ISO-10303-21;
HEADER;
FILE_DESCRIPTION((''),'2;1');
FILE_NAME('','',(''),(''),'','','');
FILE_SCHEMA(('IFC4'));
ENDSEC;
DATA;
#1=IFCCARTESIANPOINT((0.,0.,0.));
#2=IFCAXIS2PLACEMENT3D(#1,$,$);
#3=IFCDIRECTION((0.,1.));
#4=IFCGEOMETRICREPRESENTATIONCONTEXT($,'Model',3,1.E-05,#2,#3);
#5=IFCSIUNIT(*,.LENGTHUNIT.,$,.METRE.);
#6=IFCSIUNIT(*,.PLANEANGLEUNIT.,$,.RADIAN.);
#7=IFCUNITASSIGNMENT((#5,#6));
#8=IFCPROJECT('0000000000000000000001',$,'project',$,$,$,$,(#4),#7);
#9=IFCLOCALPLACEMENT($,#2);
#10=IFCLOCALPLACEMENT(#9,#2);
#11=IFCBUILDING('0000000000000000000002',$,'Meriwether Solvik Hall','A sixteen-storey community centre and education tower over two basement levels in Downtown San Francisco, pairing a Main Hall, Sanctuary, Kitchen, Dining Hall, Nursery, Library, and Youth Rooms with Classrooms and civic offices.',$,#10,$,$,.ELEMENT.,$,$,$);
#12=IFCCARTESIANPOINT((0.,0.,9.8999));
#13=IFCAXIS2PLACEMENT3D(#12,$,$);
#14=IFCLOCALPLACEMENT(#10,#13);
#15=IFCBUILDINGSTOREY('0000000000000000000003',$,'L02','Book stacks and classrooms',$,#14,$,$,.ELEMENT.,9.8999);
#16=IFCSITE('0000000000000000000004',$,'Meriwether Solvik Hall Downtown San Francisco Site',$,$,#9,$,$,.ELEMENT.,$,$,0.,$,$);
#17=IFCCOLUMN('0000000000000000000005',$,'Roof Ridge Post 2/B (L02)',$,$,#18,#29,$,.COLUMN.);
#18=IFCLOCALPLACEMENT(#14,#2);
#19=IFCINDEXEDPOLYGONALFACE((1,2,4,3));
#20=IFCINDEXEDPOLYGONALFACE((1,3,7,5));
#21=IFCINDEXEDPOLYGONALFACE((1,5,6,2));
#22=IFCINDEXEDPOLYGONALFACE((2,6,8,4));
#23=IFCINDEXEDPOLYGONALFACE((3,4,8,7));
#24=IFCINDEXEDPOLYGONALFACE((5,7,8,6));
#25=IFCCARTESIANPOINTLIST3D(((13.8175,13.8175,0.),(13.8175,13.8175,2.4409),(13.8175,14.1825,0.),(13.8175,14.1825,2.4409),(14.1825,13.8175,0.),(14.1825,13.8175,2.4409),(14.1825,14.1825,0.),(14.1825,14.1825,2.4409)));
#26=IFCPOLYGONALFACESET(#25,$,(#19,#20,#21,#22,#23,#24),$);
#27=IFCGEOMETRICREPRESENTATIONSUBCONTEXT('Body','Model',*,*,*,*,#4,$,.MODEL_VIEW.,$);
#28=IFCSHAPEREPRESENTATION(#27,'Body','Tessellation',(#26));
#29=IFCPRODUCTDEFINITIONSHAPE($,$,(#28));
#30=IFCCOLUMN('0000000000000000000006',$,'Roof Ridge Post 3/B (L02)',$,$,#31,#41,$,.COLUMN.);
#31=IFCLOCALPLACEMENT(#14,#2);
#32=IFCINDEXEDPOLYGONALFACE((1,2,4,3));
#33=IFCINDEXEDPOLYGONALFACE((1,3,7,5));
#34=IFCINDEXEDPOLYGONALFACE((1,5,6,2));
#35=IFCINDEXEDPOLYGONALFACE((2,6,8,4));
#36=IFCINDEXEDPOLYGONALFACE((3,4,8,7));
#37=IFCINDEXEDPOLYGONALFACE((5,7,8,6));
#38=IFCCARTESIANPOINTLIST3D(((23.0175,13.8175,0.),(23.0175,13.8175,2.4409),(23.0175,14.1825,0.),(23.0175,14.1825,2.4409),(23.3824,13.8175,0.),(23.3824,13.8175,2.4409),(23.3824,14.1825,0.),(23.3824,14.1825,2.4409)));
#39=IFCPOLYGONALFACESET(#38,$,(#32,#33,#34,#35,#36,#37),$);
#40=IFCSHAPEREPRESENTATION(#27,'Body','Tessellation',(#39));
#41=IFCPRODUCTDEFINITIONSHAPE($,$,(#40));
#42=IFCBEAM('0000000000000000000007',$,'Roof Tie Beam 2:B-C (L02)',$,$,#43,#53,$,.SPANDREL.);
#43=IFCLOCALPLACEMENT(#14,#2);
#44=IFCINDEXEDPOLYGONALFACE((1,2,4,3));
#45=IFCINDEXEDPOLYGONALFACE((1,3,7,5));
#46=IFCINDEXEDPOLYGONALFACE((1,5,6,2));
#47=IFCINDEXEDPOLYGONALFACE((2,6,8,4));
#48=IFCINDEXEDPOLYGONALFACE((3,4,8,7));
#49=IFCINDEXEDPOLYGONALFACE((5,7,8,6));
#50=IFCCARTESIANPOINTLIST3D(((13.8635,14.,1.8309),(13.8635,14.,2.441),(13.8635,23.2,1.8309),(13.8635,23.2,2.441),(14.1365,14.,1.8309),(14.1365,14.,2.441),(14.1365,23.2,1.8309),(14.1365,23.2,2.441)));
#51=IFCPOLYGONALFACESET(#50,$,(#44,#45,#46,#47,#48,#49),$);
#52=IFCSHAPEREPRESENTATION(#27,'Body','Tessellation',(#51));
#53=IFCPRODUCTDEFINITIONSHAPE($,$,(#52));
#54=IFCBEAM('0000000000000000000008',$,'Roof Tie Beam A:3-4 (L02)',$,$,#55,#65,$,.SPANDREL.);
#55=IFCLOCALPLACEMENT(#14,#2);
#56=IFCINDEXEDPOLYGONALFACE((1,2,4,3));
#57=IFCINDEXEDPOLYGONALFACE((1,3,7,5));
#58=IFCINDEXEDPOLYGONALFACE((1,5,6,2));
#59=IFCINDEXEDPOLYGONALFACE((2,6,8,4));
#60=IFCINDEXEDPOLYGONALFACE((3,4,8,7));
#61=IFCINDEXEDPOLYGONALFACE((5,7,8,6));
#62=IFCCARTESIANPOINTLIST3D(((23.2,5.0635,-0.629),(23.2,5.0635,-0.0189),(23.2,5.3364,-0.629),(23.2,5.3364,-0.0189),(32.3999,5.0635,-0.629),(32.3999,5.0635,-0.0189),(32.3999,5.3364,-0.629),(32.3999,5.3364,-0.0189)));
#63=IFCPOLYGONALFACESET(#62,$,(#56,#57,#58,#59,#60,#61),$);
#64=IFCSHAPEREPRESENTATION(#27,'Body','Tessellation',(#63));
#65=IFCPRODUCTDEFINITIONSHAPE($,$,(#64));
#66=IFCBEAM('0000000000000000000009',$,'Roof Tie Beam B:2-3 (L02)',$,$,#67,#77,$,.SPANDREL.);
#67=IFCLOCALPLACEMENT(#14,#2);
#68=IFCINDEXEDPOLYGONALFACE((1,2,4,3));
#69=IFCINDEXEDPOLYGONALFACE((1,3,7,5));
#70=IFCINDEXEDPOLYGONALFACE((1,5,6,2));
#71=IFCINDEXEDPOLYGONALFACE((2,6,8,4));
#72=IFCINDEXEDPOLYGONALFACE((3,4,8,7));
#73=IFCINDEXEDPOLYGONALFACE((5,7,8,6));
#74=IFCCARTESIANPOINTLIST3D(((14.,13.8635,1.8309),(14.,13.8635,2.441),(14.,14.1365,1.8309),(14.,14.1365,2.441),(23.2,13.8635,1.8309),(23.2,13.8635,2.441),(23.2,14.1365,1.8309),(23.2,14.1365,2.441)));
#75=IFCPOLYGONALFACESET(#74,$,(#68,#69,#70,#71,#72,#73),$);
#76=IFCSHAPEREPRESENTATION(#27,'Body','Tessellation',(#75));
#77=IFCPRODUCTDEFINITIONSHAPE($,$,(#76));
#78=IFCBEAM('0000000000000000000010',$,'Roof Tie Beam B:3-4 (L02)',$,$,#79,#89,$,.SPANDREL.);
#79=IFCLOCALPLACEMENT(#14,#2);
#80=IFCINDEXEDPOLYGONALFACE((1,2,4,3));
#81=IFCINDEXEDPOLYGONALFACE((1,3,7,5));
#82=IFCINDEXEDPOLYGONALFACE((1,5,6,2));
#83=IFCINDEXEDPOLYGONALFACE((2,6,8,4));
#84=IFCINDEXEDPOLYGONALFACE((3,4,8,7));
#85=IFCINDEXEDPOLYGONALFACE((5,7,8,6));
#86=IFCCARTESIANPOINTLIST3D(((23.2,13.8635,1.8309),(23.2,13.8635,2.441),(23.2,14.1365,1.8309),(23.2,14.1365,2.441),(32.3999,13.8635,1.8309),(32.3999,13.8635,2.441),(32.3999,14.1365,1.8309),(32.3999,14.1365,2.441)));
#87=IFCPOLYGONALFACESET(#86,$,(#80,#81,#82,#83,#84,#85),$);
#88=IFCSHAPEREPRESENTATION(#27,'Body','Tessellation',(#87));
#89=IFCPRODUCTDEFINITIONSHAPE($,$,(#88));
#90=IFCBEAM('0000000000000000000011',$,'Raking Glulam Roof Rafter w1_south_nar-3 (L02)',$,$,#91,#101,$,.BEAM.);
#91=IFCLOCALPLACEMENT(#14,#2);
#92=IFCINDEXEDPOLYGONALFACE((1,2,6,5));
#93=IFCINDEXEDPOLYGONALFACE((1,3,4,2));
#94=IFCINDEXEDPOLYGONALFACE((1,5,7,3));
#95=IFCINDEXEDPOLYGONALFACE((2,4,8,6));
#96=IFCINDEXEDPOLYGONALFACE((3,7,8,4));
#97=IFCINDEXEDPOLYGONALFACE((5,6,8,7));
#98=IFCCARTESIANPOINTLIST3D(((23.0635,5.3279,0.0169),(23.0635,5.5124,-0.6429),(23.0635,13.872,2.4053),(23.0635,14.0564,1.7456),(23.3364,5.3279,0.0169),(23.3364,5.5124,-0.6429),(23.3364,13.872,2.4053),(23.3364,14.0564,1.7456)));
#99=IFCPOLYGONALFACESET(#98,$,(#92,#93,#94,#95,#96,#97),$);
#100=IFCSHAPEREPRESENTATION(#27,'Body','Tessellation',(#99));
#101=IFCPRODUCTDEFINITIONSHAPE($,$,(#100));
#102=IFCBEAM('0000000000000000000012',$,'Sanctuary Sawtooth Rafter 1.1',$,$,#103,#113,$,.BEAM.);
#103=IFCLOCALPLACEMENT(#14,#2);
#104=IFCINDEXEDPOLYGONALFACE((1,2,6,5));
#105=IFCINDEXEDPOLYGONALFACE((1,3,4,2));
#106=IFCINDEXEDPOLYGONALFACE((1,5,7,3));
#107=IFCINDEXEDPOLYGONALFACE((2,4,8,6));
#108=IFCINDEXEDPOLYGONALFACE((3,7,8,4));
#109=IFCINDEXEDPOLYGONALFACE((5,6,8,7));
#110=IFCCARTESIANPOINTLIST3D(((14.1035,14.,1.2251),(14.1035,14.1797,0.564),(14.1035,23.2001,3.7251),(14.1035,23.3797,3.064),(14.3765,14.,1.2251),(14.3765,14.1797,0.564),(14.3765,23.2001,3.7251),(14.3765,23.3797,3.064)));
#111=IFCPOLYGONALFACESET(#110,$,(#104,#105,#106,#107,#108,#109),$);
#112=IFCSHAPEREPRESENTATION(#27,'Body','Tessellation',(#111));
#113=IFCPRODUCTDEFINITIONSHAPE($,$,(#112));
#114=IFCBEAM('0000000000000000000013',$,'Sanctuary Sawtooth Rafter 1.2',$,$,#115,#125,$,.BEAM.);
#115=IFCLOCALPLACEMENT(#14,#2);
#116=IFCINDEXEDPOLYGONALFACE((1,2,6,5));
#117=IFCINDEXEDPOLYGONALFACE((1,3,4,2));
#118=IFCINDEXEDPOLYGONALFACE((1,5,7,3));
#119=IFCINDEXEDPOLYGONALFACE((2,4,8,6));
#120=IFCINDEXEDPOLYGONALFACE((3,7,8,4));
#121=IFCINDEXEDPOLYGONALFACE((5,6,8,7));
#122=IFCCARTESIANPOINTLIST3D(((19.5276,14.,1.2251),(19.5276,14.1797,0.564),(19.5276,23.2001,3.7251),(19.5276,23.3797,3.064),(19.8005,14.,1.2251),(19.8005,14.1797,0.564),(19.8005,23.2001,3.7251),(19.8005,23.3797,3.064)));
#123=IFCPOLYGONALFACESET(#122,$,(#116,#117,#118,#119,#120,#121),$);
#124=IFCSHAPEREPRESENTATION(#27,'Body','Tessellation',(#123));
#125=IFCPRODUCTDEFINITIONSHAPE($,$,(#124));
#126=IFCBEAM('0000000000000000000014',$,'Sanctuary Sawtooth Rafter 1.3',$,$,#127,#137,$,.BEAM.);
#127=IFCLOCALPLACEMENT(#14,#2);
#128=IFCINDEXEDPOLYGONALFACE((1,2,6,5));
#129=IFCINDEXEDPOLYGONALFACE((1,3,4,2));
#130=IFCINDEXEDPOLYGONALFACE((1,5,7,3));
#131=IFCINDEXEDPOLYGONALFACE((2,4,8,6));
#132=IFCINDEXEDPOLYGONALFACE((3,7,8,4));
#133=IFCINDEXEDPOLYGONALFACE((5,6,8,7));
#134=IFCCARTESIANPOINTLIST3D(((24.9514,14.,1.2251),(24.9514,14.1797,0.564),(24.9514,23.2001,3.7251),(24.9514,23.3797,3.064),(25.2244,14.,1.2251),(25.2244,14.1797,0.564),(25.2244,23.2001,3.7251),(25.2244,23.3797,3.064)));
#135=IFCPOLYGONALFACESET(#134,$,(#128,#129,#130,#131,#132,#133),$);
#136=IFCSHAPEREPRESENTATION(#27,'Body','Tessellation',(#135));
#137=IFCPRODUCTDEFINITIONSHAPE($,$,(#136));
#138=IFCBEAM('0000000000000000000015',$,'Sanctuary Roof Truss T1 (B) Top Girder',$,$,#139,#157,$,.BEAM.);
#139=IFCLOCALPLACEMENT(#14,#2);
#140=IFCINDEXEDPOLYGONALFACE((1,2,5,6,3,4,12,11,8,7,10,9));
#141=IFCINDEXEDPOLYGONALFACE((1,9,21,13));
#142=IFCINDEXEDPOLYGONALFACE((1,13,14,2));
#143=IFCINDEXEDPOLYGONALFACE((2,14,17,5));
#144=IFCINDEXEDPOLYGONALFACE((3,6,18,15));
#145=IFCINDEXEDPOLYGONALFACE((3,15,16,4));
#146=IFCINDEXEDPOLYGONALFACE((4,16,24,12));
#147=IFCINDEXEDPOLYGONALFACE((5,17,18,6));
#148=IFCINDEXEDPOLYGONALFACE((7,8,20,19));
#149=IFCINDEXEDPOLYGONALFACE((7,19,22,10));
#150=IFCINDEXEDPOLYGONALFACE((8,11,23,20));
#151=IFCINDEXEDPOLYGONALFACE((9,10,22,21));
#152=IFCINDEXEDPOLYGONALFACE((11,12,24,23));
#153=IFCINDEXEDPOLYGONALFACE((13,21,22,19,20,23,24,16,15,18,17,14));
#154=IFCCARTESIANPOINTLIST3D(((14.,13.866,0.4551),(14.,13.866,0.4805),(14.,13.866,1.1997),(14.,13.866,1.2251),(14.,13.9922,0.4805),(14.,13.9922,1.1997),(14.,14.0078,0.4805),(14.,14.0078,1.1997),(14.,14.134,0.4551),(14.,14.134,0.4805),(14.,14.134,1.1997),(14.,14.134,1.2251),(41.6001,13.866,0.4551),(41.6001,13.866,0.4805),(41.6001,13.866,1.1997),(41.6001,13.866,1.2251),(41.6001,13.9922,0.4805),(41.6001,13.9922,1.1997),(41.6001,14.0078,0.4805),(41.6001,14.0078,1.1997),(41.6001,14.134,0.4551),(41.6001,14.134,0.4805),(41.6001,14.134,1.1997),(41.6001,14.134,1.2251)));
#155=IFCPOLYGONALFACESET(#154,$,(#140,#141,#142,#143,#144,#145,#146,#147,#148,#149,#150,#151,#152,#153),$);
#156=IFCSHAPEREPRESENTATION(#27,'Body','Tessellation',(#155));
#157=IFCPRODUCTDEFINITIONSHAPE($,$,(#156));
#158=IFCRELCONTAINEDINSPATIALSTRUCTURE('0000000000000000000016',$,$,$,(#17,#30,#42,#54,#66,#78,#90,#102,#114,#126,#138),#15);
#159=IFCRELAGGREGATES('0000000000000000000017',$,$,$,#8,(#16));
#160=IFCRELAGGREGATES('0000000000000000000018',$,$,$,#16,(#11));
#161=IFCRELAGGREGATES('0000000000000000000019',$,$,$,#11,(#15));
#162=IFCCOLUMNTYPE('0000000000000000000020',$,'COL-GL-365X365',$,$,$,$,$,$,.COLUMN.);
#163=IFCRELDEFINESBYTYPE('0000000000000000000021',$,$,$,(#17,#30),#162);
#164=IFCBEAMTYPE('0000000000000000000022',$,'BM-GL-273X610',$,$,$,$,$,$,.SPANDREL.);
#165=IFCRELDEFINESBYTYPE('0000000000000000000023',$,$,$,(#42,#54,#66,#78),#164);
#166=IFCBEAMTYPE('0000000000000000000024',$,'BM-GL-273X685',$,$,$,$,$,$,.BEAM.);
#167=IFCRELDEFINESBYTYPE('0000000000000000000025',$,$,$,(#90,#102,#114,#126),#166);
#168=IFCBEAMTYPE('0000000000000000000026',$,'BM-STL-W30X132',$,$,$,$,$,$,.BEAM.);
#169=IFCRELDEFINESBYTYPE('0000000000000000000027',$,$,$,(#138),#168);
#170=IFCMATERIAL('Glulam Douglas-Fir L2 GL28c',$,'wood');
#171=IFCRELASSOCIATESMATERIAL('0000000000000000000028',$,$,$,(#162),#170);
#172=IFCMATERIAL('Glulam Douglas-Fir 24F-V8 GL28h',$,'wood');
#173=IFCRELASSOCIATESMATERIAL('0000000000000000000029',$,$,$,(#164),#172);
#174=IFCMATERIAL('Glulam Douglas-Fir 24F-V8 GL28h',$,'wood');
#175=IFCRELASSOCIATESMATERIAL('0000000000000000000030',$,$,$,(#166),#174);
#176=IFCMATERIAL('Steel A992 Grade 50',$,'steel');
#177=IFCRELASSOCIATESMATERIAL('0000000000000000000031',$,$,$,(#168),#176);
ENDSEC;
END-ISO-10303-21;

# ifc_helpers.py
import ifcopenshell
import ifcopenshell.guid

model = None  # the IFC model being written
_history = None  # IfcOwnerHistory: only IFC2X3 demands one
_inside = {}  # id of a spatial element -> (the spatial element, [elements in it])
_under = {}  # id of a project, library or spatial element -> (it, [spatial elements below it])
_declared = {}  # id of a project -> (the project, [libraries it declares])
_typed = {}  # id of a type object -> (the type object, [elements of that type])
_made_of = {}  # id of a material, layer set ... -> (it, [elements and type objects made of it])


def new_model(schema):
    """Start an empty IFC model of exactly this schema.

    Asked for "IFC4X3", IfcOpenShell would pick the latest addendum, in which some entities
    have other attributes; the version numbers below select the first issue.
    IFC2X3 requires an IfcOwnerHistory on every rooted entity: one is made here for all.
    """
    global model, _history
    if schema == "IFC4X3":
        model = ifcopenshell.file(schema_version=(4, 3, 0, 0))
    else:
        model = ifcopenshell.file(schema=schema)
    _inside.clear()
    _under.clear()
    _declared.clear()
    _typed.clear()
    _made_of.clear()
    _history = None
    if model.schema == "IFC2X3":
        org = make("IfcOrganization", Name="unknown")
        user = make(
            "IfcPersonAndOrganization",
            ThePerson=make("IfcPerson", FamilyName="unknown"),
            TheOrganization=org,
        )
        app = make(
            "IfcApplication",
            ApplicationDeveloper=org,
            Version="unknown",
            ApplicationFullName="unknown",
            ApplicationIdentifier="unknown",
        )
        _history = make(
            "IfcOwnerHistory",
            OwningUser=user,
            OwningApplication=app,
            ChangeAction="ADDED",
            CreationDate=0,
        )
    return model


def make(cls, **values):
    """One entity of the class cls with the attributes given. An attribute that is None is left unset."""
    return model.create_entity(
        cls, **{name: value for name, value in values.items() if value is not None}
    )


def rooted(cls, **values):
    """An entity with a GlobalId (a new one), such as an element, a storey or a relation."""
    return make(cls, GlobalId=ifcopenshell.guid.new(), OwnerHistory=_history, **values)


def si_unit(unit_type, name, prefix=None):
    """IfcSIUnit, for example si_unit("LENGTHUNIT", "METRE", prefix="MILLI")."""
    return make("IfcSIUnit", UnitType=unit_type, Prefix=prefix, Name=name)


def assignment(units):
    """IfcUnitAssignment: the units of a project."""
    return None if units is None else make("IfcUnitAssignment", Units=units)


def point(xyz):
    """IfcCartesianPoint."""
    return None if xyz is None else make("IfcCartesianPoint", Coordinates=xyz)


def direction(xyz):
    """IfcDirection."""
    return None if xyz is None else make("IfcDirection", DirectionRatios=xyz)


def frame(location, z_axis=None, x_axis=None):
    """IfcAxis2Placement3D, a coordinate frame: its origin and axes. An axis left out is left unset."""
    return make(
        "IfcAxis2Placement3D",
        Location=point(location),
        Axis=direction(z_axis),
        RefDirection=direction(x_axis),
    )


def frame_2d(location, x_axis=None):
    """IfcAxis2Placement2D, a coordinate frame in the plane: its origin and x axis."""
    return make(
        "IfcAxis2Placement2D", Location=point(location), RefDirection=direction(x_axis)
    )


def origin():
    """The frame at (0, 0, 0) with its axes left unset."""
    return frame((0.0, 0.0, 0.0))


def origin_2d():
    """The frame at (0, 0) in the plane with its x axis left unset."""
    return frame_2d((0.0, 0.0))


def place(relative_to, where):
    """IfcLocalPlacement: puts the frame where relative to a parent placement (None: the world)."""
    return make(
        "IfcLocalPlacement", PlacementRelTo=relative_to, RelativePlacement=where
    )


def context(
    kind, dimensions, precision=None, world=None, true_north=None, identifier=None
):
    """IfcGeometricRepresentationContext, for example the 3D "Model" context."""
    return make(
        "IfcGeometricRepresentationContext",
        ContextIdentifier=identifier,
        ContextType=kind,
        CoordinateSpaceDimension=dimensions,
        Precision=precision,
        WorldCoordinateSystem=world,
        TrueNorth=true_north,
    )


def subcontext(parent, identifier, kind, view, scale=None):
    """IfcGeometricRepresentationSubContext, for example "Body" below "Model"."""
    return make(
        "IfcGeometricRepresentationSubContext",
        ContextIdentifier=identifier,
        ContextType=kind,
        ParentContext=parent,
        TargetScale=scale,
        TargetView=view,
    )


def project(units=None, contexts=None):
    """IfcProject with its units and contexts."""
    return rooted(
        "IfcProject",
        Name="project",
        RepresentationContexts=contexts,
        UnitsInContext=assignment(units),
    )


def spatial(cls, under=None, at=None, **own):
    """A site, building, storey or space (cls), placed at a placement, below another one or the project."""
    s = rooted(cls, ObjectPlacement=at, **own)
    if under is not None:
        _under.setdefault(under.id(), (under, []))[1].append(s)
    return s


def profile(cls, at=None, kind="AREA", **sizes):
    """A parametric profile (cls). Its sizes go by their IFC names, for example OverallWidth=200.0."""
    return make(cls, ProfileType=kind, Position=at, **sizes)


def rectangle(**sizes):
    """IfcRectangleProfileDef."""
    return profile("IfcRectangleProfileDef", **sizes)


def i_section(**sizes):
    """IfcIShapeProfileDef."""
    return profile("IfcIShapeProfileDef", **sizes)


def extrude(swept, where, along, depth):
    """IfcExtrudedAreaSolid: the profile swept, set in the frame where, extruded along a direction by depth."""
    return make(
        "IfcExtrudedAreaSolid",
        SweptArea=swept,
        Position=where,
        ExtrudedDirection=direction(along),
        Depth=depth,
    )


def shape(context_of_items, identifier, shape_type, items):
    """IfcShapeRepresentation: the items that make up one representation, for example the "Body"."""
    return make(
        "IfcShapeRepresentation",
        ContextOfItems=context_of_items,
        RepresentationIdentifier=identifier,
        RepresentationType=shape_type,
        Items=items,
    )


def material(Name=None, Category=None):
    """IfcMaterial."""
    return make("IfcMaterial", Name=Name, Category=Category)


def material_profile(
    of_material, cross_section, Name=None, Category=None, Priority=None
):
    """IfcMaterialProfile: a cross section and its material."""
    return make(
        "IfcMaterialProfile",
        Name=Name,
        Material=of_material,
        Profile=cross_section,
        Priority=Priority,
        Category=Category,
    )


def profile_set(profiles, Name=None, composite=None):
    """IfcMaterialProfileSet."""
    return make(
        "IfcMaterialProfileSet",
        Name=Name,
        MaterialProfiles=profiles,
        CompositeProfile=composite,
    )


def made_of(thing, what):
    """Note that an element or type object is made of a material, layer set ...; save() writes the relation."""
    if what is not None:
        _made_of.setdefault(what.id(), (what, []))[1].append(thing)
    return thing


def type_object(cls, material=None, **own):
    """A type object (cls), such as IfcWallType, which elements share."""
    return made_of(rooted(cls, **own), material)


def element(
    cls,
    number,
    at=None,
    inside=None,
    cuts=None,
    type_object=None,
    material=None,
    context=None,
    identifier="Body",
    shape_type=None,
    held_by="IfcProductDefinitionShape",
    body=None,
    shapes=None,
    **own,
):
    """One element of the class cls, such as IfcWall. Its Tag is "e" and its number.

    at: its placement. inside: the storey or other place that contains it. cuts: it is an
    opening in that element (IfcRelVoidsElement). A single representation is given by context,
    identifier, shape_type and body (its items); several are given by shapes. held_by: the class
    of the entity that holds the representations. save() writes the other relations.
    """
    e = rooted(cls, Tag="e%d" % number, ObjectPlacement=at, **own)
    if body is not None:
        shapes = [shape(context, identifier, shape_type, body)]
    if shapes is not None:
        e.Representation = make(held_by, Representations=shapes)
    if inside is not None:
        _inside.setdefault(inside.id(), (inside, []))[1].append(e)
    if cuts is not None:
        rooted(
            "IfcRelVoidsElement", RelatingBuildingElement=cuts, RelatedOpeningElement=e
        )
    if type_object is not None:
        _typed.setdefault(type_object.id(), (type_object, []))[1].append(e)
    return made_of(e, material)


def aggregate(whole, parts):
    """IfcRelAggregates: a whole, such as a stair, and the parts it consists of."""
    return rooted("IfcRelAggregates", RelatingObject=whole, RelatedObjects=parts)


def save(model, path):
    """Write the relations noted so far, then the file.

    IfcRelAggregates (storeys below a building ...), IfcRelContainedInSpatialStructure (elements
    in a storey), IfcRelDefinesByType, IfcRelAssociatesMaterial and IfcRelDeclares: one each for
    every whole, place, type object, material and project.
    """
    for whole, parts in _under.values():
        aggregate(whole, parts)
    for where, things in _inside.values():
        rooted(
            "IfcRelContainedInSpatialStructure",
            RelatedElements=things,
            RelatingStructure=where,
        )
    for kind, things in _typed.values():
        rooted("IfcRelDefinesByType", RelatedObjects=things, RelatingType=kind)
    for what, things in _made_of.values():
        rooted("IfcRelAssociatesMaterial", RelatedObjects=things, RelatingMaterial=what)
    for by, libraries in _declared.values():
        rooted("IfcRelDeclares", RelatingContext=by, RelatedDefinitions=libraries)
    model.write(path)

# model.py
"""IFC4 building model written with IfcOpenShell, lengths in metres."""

from ifc_helpers import new_model, si_unit, direction, frame, origin, origin_2d, place, context, subcontext, project, spatial, rectangle, i_section, extrude, material, material_profile, profile_set, type_object, element, save


model = new_model("IFC4")

# Units and contexts
model_context = context("Model", 3, precision=1e-05, world=origin(), true_north=direction((0.0, 1.0)))
body_context = subcontext(model_context, "Body", "Model", "MODEL_VIEW")
ifc_project = project(units=[si_unit("LENGTHUNIT", "METRE"), si_unit("PLANEANGLEUNIT", "RADIAN")], contexts=[model_context])

# Site, building, storey
site_placement = place(None, origin())
site = spatial("IfcSite", under=ifc_project, at=site_placement, Name="Meriwether Solvik Hall Downtown San Francisco Site", CompositionType="ELEMENT", RefElevation=0.0)
building_placement = place(site_placement, origin())
building = spatial("IfcBuilding", under=site, at=building_placement, Name="Meriwether Solvik Hall", Description="A sixteen-storey community centre and education tower over two basement levels in Downtown San Francisco, pairing a Main Hall, Sanctuary, Kitchen, Dining Hall, Nursery, Library, and Youth Rooms with Classrooms and civic offices.", CompositionType="ELEMENT")
storey_placement = place(building_placement, frame((0.0, 0.0, 9.8999)))
storey = spatial("IfcBuildingStorey", under=building, at=storey_placement, Name="L02", Description="Book stacks and classrooms", CompositionType="ELEMENT", Elevation=9.8999)

# Columns
ifc_material_1 = material(Name="Glulam Douglas-Fir L2 GL28c", Category="wood")
ifc_material_profile_1 = material_profile(ifc_material_1, rectangle(XDim=0.365, YDim=0.365, at=origin_2d()), Name="GLC-365X365")
ifc_profile_set_1 = profile_set([ifc_material_profile_1], Name="Glulam Douglas-Fir L2 GL28c")
column_type = type_object("IfcColumnType", Name="COL-GL-365X365", PredefinedType="COLUMN", material=ifc_profile_set_1)
for number, where, z_axis, x_axis, name in (
    (1, (14.0, 14.0, 0.0), (0.0, 0.0, 1.0), (1.0, 0.0, 0.0), "Roof Ridge Post 2/B (L02)"),
    (2, (23.2, 14.0, 0.0), (0.0, 0.0, 1.0), (1.0, 0.0, 0.0), "Roof Ridge Post 3/B (L02)"),
):
    element("IfcColumn", number, at=place(storey_placement, frame(where, z_axis=z_axis, x_axis=x_axis)), inside=storey, type_object=column_type, Name=name, PredefinedType="COLUMN", context=body_context, shape_type="SweptSolid", body=[
        extrude(rectangle(XDim=0.365, YDim=0.365, at=origin_2d()), origin(), (0.0, 0.0, 1.0), 2.4409),
    ])

# Beams
ifc_material_2 = material(Name="Glulam Douglas-Fir 24F-V8 GL28h", Category="wood")
ifc_material_profile_2 = material_profile(ifc_material_2, rectangle(XDim=0.2729, YDim=0.6101, at=origin_2d()), Name="GLB-273X610")
ifc_profile_set_2 = profile_set([ifc_material_profile_2], Name="Glulam Douglas-Fir 24F-V8 GL28h")
beam_type_1 = type_object("IfcBeamType", Name="BM-GL-273X610", PredefinedType="SPANDREL", material=ifc_profile_set_2)
for number, where, z_axis, x_axis, name in (
    (3, (14.0, 14.0, 2.136), (0.0, 1.0, 0.0), (-1.0, 0.0, 0.0), "Roof Tie Beam 2:B-C (L02)"),
    (4, (23.2, 5.2, -0.324), (1.0, 0.0, 0.0), (0.0, 1.0, 0.0), "Roof Tie Beam A:3-4 (L02)"),
    (5, (14.0, 14.0, 2.136), (1.0, 0.0, 0.0), (0.0, 1.0, 0.0), "Roof Tie Beam B:2-3 (L02)"),
    (6, (23.2, 14.0, 2.136), (1.0, 0.0, 0.0), (0.0, 1.0, 0.0), "Roof Tie Beam B:3-4 (L02)"),
):
    element("IfcBeam", number, at=place(storey_placement, frame(where, z_axis=z_axis, x_axis=x_axis)), inside=storey, type_object=beam_type_1, Name=name, PredefinedType="SPANDREL", context=body_context, shape_type="SweptSolid", body=[
        extrude(rectangle(XDim=0.2729, YDim=0.6101, at=origin_2d()), origin(), (0.0, 0.0, 1.0), 9.2),
    ])
ifc_material_3 = material(Name="Glulam Douglas-Fir 24F-V8 GL28h", Category="wood")
ifc_material_profile_3 = material_profile(ifc_material_3, rectangle(XDim=0.2729, YDim=0.6851, at=origin_2d()), Name="GLB-273X685")
ifc_profile_set_3 = profile_set([ifc_material_profile_3], Name="Glulam Douglas-Fir 24F-V8 GL28h")
beam_type_2 = type_object("IfcBeamType", Name="BM-GL-273X685", PredefinedType="BEAM", material=ifc_profile_set_3)
beam_1_placement = place(storey_placement, frame((23.2, 5.4202, -0.313), z_axis=(0.0, 0.963077, 0.269225), x_axis=(-1.0, 0.0, 0.0)))
element("IfcBeam", 7, at=beam_1_placement, inside=storey, type_object=beam_type_2, Name="Raking Glulam Roof Rafter w1_south_nar-3 (L02)", PredefinedType="BEAM", context=body_context, shape_type="SweptSolid", body=[
    extrude(rectangle(XDim=0.2729, YDim=0.6851, at=origin_2d()), origin(), (0.0, 0.0, 1.0), 8.8716),
])
for number, where, z_axis, x_axis, name in (
    (8, (14.24, 14.0898, 0.8945), (0.0, 0.965005, 0.262231), (-1.0, 0.0, 0.0), "Sanctuary Sawtooth Rafter 1.1"),
    (9, (19.6641, 14.0898, 0.8945), (0.0, 0.965005, 0.262231), (-1.0, 0.0, 0.0), "Sanctuary Sawtooth Rafter 1.2"),
    (10, (25.0879, 14.0898, 0.8945), (0.0, 0.965005, 0.262231), (-1.0, 0.0, 0.0), "Sanctuary Sawtooth Rafter 1.3"),
):
    element("IfcBeam", number, at=place(storey_placement, frame(where, z_axis=z_axis, x_axis=x_axis)), inside=storey, type_object=beam_type_2, Name=name, PredefinedType="BEAM", context=body_context, shape_type="SweptSolid", body=[
        extrude(rectangle(XDim=0.2729, YDim=0.6851, at=origin_2d()), origin(), (0.0, 0.0, 1.0), 9.5337),
    ])
ifc_material_4 = material(Name="Steel A992 Grade 50", Category="steel")
ifc_material_profile_4 = material_profile(ifc_material_4, i_section(OverallWidth=0.2681, OverallDepth=0.77, WebThickness=0.0156, FlangeThickness=0.0254, at=origin_2d()), Name="W30X132")
ifc_profile_set_4 = profile_set([ifc_material_profile_4], Name="Steel A992 Grade 50")
beam_type_3 = type_object("IfcBeamType", Name="BM-STL-W30X132", PredefinedType="BEAM", material=ifc_profile_set_4)
beam_2_placement = place(storey_placement, frame((14.0, 14.0, 0.8401), z_axis=(1.0, 0.0, 0.0), x_axis=(0.0, 1.0, 0.0)))
element("IfcBeam", 11, at=beam_2_placement, inside=storey, type_object=beam_type_3, Name="Sanctuary Roof Truss T1 (B) Top Girder", PredefinedType="BEAM", context=body_context, shape_type="SweptSolid", body=[
    extrude(i_section(OverallWidth=0.2681, OverallDepth=0.77, WebThickness=0.0156, FlangeThickness=0.0254, at=origin_2d()), origin(), (0.0, 0.0, 1.0), 27.6001),
])

save(model, "model.ifc")
